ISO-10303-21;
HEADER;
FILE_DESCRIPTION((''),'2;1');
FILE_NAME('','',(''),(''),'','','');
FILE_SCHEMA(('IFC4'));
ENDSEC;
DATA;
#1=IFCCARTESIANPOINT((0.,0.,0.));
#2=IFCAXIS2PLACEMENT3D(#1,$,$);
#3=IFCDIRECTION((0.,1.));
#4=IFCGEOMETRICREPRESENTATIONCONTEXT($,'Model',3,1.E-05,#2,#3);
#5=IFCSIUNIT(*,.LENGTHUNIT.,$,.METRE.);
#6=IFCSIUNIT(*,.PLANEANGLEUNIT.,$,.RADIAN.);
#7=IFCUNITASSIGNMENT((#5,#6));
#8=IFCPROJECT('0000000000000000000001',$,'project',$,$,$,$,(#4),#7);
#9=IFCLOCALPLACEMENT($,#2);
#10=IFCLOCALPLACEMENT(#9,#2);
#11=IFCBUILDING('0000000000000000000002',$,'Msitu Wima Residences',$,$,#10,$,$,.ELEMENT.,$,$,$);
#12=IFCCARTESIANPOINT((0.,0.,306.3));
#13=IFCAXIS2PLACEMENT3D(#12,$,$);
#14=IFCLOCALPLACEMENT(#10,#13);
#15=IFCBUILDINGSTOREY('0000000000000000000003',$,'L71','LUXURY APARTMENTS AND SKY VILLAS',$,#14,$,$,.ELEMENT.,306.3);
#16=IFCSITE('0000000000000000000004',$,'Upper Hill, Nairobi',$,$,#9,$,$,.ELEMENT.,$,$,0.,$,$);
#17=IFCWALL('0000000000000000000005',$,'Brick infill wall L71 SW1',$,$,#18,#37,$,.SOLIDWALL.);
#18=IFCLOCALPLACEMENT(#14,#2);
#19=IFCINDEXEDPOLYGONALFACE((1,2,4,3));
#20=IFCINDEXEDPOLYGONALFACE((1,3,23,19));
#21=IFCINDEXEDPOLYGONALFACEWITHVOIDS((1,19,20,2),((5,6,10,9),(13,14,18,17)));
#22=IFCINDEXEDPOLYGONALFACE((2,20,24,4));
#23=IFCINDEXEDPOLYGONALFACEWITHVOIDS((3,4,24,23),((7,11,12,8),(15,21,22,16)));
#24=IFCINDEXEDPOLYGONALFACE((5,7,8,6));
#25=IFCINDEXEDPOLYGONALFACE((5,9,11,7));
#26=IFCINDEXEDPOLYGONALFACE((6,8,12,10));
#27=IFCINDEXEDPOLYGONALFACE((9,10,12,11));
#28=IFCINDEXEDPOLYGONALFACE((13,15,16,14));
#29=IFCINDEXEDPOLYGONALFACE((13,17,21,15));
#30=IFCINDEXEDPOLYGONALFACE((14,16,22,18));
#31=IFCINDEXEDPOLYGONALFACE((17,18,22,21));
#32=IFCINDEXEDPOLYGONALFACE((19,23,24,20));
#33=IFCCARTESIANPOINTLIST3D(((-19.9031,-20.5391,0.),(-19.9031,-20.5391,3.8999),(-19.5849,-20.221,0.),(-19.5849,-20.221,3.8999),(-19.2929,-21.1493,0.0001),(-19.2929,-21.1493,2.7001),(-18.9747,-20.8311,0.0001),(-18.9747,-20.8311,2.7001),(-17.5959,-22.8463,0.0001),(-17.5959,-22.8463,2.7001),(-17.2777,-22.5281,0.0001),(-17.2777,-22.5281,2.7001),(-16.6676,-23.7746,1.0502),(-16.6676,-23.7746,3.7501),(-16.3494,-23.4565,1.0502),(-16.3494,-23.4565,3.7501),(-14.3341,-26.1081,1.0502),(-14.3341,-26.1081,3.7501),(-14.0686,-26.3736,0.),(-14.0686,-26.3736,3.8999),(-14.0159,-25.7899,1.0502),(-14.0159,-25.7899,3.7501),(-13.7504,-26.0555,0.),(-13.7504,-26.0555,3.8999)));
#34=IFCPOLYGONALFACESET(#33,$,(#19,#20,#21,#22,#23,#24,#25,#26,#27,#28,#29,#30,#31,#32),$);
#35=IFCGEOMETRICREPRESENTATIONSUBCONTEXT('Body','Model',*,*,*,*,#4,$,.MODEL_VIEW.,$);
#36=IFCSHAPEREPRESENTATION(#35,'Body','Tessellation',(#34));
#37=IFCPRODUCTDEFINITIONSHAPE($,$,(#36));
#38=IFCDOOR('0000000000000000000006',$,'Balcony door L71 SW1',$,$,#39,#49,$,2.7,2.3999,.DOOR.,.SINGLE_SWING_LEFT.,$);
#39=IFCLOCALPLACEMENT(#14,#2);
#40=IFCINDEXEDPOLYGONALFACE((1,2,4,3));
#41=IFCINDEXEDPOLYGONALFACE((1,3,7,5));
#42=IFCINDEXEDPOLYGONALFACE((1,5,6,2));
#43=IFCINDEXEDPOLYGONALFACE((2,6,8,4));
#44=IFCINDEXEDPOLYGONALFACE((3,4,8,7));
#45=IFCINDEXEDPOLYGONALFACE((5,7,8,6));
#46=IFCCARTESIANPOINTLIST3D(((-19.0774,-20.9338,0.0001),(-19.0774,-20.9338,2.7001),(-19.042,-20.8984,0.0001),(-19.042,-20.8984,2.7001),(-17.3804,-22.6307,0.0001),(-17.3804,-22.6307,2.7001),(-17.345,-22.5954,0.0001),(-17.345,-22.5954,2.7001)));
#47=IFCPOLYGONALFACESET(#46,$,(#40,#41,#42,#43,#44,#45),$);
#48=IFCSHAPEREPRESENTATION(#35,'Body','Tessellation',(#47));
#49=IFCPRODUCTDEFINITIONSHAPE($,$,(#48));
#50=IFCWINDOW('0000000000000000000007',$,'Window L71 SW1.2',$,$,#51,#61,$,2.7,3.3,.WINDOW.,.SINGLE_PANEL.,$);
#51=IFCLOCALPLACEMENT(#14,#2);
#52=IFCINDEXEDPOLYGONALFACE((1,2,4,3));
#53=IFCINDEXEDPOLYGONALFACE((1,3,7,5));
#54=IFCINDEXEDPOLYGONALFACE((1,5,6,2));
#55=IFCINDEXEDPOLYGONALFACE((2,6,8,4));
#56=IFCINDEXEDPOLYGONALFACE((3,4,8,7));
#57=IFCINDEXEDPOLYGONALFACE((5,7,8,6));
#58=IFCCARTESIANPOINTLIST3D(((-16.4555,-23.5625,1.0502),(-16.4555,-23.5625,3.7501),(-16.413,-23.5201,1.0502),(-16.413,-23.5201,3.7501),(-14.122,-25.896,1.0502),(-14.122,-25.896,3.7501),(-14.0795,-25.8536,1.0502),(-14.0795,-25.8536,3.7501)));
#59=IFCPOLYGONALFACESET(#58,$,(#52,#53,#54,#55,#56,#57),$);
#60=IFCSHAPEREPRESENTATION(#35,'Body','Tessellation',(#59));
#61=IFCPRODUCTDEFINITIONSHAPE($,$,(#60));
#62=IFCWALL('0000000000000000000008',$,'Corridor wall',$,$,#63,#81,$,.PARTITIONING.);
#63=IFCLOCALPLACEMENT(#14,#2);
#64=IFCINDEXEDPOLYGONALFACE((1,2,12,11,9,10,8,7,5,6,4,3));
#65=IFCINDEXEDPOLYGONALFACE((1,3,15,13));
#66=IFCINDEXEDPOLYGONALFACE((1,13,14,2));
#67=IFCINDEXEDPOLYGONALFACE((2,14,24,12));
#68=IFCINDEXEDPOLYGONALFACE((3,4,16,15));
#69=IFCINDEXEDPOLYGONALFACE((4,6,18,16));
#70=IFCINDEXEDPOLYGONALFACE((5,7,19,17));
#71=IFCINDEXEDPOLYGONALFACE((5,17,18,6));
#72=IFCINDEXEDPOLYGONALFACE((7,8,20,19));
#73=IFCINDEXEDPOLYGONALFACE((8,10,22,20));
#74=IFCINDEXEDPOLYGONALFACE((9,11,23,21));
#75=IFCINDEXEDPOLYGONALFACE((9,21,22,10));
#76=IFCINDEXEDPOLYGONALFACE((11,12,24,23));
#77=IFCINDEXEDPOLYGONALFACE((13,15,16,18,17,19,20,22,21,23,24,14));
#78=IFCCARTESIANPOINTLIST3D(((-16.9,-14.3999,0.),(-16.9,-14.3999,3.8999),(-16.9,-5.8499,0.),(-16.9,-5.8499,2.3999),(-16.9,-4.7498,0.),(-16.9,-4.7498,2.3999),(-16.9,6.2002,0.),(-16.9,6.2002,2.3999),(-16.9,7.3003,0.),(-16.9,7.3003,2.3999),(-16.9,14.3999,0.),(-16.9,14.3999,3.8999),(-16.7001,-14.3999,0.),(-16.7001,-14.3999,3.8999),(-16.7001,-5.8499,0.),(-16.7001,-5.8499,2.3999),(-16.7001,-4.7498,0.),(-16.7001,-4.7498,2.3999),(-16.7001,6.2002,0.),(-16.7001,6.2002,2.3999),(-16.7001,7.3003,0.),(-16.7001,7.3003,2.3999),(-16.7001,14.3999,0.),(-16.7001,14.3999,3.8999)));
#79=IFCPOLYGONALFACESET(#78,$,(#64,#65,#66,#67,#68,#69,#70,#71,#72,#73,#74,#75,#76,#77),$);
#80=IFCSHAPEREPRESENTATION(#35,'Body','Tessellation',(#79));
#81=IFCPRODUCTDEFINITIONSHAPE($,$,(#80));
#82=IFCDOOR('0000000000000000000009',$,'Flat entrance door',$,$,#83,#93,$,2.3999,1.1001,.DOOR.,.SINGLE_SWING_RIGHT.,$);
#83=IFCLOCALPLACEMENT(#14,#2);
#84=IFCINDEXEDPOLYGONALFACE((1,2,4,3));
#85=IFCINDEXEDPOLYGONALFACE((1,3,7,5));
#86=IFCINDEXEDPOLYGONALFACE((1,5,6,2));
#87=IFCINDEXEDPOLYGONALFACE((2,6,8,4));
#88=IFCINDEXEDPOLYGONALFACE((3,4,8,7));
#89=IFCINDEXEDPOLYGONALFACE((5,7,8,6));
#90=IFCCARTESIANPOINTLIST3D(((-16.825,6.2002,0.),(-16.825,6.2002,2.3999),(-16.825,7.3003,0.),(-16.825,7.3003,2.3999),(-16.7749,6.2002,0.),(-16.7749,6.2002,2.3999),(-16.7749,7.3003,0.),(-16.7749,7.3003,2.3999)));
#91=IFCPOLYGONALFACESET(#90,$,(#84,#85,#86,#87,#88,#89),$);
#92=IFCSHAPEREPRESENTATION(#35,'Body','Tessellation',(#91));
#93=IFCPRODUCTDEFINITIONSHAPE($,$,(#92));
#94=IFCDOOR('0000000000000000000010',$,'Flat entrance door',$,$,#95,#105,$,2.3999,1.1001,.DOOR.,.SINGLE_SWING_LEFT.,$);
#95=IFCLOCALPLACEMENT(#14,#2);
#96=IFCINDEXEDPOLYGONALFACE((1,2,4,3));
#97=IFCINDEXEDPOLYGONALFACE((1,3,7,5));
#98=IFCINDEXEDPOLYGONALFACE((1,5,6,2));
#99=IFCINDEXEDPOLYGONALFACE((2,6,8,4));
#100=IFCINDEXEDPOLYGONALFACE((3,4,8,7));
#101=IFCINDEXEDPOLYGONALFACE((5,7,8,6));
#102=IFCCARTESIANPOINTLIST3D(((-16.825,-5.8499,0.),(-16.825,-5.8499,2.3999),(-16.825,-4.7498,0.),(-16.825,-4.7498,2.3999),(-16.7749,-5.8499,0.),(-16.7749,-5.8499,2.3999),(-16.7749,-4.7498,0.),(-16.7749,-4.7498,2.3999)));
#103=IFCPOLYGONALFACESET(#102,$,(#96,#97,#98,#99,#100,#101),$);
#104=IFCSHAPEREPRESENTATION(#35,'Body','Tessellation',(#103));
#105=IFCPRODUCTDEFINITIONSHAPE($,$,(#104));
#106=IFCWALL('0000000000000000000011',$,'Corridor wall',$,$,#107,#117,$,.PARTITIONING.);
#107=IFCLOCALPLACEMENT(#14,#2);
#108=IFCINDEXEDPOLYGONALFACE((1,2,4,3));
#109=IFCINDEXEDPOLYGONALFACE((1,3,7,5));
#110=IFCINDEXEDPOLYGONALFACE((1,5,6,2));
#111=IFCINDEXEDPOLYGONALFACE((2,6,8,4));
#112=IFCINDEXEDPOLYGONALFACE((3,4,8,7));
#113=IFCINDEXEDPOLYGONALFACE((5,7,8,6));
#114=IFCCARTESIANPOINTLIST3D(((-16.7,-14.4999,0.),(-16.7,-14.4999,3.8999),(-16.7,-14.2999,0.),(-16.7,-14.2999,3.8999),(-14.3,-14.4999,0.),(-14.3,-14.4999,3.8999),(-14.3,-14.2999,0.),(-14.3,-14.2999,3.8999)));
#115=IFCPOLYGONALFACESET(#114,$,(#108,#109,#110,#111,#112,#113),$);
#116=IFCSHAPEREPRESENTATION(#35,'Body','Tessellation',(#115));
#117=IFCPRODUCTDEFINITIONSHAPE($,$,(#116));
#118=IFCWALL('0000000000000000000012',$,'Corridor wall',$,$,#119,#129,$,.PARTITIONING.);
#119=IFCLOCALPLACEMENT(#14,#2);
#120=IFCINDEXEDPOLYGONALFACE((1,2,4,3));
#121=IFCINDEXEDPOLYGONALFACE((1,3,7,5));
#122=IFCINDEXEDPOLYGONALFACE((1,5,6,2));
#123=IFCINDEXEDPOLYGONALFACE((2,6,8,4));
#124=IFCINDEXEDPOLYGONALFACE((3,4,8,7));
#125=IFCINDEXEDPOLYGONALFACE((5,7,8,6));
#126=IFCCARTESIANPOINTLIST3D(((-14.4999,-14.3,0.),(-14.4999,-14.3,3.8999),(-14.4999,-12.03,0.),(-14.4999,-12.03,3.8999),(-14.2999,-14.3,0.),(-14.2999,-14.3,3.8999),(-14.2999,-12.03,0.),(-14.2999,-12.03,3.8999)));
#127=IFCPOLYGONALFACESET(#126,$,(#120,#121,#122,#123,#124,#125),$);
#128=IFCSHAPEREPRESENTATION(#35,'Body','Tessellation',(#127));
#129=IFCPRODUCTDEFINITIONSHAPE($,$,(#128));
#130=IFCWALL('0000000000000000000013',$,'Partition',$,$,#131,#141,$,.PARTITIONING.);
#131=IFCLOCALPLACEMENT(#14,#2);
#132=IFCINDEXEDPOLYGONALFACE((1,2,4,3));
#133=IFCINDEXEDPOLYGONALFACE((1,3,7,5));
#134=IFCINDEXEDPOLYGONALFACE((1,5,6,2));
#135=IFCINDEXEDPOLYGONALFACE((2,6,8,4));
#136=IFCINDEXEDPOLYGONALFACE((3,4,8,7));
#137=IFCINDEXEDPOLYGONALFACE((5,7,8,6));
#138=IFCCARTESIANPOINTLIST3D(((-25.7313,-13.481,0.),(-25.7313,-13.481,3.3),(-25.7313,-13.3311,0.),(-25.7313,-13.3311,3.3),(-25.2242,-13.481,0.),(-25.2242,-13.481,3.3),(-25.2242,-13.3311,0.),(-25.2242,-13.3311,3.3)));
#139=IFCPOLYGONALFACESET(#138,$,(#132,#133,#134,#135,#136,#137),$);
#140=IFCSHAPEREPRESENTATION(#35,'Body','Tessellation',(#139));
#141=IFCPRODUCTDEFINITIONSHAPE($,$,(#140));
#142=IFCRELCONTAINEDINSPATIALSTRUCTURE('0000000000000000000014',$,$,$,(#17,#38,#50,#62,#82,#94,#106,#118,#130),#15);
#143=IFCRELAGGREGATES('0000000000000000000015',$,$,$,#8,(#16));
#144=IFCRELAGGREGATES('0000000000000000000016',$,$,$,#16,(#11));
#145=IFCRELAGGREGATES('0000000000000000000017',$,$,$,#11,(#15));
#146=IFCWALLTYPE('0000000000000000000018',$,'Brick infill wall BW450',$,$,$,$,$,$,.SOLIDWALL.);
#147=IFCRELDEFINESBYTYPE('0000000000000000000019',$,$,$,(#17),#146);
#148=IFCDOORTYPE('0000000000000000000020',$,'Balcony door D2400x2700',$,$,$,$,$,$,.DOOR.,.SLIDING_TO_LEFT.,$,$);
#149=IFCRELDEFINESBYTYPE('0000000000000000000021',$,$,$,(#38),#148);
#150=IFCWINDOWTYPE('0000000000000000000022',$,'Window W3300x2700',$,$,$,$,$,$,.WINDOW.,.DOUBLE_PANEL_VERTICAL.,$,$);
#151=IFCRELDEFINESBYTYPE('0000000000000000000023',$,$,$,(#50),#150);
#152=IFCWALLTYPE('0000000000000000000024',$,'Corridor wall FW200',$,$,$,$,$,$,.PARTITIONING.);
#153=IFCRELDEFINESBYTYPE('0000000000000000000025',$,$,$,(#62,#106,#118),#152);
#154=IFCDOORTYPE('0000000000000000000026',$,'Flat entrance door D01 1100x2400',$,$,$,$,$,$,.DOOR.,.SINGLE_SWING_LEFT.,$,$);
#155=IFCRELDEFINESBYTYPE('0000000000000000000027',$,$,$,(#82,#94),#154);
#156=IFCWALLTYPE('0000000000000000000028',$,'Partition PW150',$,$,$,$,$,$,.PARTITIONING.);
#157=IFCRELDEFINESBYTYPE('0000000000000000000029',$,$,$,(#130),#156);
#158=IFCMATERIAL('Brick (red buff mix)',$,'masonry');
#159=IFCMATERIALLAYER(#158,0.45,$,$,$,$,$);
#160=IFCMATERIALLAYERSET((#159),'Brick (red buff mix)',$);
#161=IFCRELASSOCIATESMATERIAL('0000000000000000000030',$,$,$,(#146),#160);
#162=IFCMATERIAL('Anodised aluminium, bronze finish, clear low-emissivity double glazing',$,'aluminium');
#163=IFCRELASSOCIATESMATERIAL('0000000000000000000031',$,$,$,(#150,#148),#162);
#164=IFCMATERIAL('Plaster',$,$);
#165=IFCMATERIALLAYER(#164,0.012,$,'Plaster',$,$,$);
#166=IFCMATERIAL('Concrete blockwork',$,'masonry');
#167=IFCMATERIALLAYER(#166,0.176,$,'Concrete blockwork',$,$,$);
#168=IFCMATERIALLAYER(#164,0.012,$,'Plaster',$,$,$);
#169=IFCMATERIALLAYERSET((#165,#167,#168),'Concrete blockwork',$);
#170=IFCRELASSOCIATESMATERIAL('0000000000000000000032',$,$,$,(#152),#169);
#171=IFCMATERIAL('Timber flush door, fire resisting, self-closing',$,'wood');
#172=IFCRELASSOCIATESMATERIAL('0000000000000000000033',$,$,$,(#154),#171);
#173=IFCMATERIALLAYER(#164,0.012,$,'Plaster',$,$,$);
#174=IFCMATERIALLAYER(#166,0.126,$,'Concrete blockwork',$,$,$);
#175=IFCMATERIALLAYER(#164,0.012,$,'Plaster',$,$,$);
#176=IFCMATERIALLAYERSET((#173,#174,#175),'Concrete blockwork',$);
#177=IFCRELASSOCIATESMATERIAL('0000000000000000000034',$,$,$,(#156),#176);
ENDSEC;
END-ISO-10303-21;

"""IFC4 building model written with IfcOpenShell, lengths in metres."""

from ifc_helpers import new_model, si_unit, direction, frame, frame_2d, origin, place, context, subcontext, project, spatial, rectangle, extrude, material, layer, layer_set, type_object, element, fill, save


model = new_model("IFC4")

# Units and contexts
model_context = context("Model", 3, precision=1e-05, world=origin(), true_north=direction((0.0, 1.0)))
body_context = subcontext(model_context, "Body", "Model", "MODEL_VIEW")
ifc_project = project(units=[si_unit("LENGTHUNIT", "METRE"), si_unit("PLANEANGLEUNIT", "RADIAN")], contexts=[model_context])

# Site, building, storey
site_placement = place(None, origin())
site = spatial("IfcSite", under=ifc_project, at=site_placement, Name="Upper Hill, Nairobi", CompositionType="ELEMENT", RefElevation=0.0)
building_placement = place(site_placement, origin())
building = spatial("IfcBuilding", under=site, at=building_placement, Name="Msitu Wima Residences", CompositionType="ELEMENT")
storey_placement = place(building_placement, frame((0.0, 0.0, 306.3)))
storey = spatial("IfcBuildingStorey", under=building, at=storey_placement, Name="L71", Description="LUXURY APARTMENTS AND SKY VILLAS", CompositionType="ELEMENT", Elevation=306.3)

# Shared definitions
ifc_material_1 = material(Name="Brick (red buff mix)", Category="masonry")
ifc_layer_1 = layer(ifc_material_1, 0.45)
ifc_layer_set_1 = layer_set([ifc_layer_1], Name="Brick (red buff mix)")
wall_type_1 = type_object("IfcWallType", Name="Brick infill wall BW450", PredefinedType="SOLIDWALL", material=ifc_layer_set_1)
ifc_material_2 = material(Name="Anodised aluminium, bronze finish, clear low-emissivity double glazing", Category="aluminium")
window_type = type_object("IfcWindowType", Name="Window W3300x2700", PartitioningType="DOUBLE_PANEL_VERTICAL", PredefinedType="WINDOW", material=ifc_material_2)

# Wall, openings, door, window
wall_1_placement = place(storey_placement, frame((-19.7439, -20.3801, 0.0), z_axis=(0.0, 0.0, 1.0), x_axis=(0.707107, -0.707107, 0.0)))
wall_1 = element("IfcWall", 1, at=wall_1_placement, inside=storey, type_object=wall_type_1, Name="Brick infill wall L71 SW1", PredefinedType="SOLIDWALL", context=body_context, shape_type="SweptSolid", body=[
    extrude(rectangle(XDim=8.2512, YDim=0.45, at=frame_2d((4.1255, 0.0))), origin(), (0.0, 0.0, 1.0), 3.8999),
])
opening_1_placement = place(wall_1_placement, frame((0.8628, 0.0, 0.0)))
opening_1 = element("IfcOpeningElement", 2, at=opening_1_placement, cuts=wall_1, PredefinedType="OPENING", context=body_context, shape_type="SweptSolid", body=[
    extrude(rectangle(XDim=2.3999, YDim=2.7, at=frame_2d((1.2, 1.3501))), frame((0.0, 0.2349, 0.0), z_axis=(0.0, -1.0, 0.0), x_axis=(1.0, 0.0, 0.0)), (0.0, 0.0, 1.0), 0.47),
])
opening_2_placement = place(wall_1_placement, frame((4.5757, 0.0, 1.05)))
opening_2 = element("IfcOpeningElement", 3, at=opening_2_placement, cuts=wall_1, PredefinedType="OPENING", context=body_context, shape_type="SweptSolid", body=[
    extrude(rectangle(XDim=3.3, YDim=2.7, at=frame_2d((1.6499, 1.3501))), frame((0.0, 0.2349, 0.0), z_axis=(0.0, -1.0, 0.0), x_axis=(1.0, 0.0, 0.0)), (0.0, 0.0, 1.0), 0.47),
])
door_type_1 = type_object("IfcDoorType", Name="Balcony door D2400x2700", OperationType="SLIDING_TO_LEFT", PredefinedType="DOOR", material=ifc_material_2)
door_1_placement = place(opening_1_placement, origin())
door_1 = element("IfcDoor", 4, at=door_1_placement, inside=storey, type_object=door_type_1, Name="Balcony door L71 SW1", OperationType="SINGLE_SWING_LEFT", OverallHeight=2.7, OverallWidth=2.3999, PredefinedType="DOOR", context=body_context, shape_type="SweptSolid", body=[
    extrude(rectangle(XDim=2.3999, YDim=2.7, at=frame_2d((1.2, 1.3501))), frame((0.0, 0.1299, 0.0), z_axis=(0.0, -1.0, 0.0), x_axis=(1.0, 0.0, 0.0)), (0.0, 0.0, 1.0), 0.05),
])
fill(opening_1, door_1)
window_1_placement = place(opening_2_placement, origin())
window_1 = element("IfcWindow", 5, at=window_1_placement, inside=storey, type_object=window_type, Name="Window L71 SW1.2", OverallHeight=2.7, OverallWidth=3.3, PartitioningType="SINGLE_PANEL", PredefinedType="WINDOW", context=body_context, shape_type="SweptSolid", body=[
    extrude(rectangle(XDim=3.3, YDim=2.7, at=frame_2d((1.6499, 1.3501))), frame((0.0, 0.135, 0.0), z_axis=(0.0, -1.0, 0.0), x_axis=(1.0, 0.0, 0.0)), (0.0, 0.0, 1.0), 0.0601),
])
fill(opening_2, window_1)

# Wall, openings, doors
ifc_material_3 = material(Name="Plaster")
ifc_layer_2 = layer(ifc_material_3, 0.012, Name="Plaster")
ifc_material_4 = material(Name="Concrete blockwork", Category="masonry")
ifc_layer_3 = layer(ifc_material_4, 0.176, Name="Concrete blockwork")
ifc_layer_4 = layer(ifc_material_3, 0.012, Name="Plaster")
ifc_layer_set_2 = layer_set([ifc_layer_2, ifc_layer_3, ifc_layer_4], Name="Concrete blockwork")
wall_type_2 = type_object("IfcWallType", Name="Corridor wall FW200", PredefinedType="PARTITIONING", material=ifc_layer_set_2)
wall_2_placement = place(storey_placement, frame((-16.8, -14.3999, 0.0), z_axis=(0.0, 0.0, 1.0), x_axis=(0.0, 1.0, 0.0)))
wall_2 = element("IfcWall", 6, at=wall_2_placement, inside=storey, type_object=wall_type_2, Name="Corridor wall", PredefinedType="PARTITIONING", context=body_context, shape_type="SweptSolid", body=[
    extrude(rectangle(XDim=28.7998, YDim=0.2, at=frame_2d((14.3999, 0.0))), origin(), (0.0, 0.0, 1.0), 3.8999),
])
opening_3_placement = place(wall_2_placement, frame((20.6001, 0.0, 0.0)))
opening_3 = element("IfcOpeningElement", 7, at=opening_3_placement, cuts=wall_2, PredefinedType="OPENING", context=body_context, shape_type="SweptSolid", body=[
    extrude(rectangle(XDim=1.1001, YDim=2.3999, at=frame_2d((0.55, 1.2))), frame((0.0, 0.1099, 0.0), z_axis=(0.0, -1.0, 0.0), x_axis=(1.0, 0.0, 0.0)), (0.0, 0.0, 1.0), 0.22),
])
opening_4_placement = place(wall_2_placement, frame((8.55, 0.0, 0.0)))
opening_4 = element("IfcOpeningElement", 8, at=opening_4_placement, cuts=wall_2, PredefinedType="OPENING", context=body_context, shape_type="SweptSolid", body=[
    extrude(rectangle(XDim=1.1001, YDim=2.3999, at=frame_2d((0.55, 1.2))), frame((0.0, 0.1099, 0.0), z_axis=(0.0, -1.0, 0.0), x_axis=(1.0, 0.0, 0.0)), (0.0, 0.0, 1.0), 0.22),
])
ifc_material_5 = material(Name="Timber flush door, fire resisting, self-closing", Category="wood")
door_type_2 = type_object("IfcDoorType", Name="Flat entrance door D01 1100x2400", OperationType="SINGLE_SWING_LEFT", PredefinedType="DOOR", material=ifc_material_5)
door_2_placement = place(opening_3_placement, origin())
door_2 = element("IfcDoor", 9, at=door_2_placement, inside=storey, type_object=door_type_2, Name="Flat entrance door", OperationType="SINGLE_SWING_RIGHT", OverallHeight=2.3999, OverallWidth=1.1001, PredefinedType="DOOR", context=body_context, shape_type="SweptSolid", body=[
    extrude(rectangle(XDim=1.1001, YDim=2.3999, at=frame_2d((0.55, 1.2))), frame((0.0, 0.0249, 0.0), z_axis=(0.0, -1.0, 0.0), x_axis=(1.0, 0.0, 0.0)), (0.0, 0.0, 1.0), 0.05),
])
fill(opening_3, door_2)
door_3_placement = place(opening_4_placement, origin())
door_3 = element("IfcDoor", 10, at=door_3_placement, inside=storey, type_object=door_type_2, Name="Flat entrance door", OperationType="SINGLE_SWING_LEFT", OverallHeight=2.3999, OverallWidth=1.1001, PredefinedType="DOOR", context=body_context, shape_type="SweptSolid", body=[
    extrude(rectangle(XDim=1.1001, YDim=2.3999, at=frame_2d((0.55, 1.2))), frame((0.0, 0.0249, 0.0), z_axis=(0.0, -1.0, 0.0), x_axis=(1.0, 0.0, 0.0)), (0.0, 0.0, 1.0), 0.05),
])
fill(opening_4, door_3)

# Walls
wall_3_placement = place(storey_placement, frame((-16.7, -14.3999, 0.0), z_axis=(0.0, 0.0, 1.0), x_axis=(1.0, 0.0, 0.0)))
element("IfcWall", 11, at=wall_3_placement, inside=storey, type_object=wall_type_2, Name="Corridor wall", PredefinedType="PARTITIONING", context=body_context, shape_type="SweptSolid", body=[
    extrude(rectangle(XDim=2.3999, YDim=0.2, at=frame_2d((1.2, 0.0))), origin(), (0.0, 0.0, 1.0), 3.8999),
])
wall_4_placement = place(storey_placement, frame((-14.3999, -14.3, 0.0), z_axis=(0.0, 0.0, 1.0), x_axis=(0.0, 1.0, 0.0)))
element("IfcWall", 12, at=wall_4_placement, inside=storey, type_object=wall_type_2, Name="Corridor wall", PredefinedType="PARTITIONING", context=body_context, shape_type="SweptSolid", body=[
    extrude(rectangle(XDim=2.27, YDim=0.2, at=frame_2d((1.135, 0.0))), origin(), (0.0, 0.0, 1.0), 3.8999),
])
ifc_layer_5 = layer(ifc_material_3, 0.012, Name="Plaster")
ifc_layer_6 = layer(ifc_material_4, 0.126, Name="Concrete blockwork")
ifc_layer_7 = layer(ifc_material_3, 0.012, Name="Plaster")
ifc_layer_set_3 = layer_set([ifc_layer_5, ifc_layer_6, ifc_layer_7], Name="Concrete blockwork")
wall_type_3 = type_object("IfcWallType", Name="Partition PW150", PredefinedType="PARTITIONING", material=ifc_layer_set_3)
wall_5_placement = place(storey_placement, frame((-25.7312, -13.406, 0.0), z_axis=(0.0, 0.0, 1.0), x_axis=(1.0, 0.0, 0.0)))
element("IfcWall", 13, at=wall_5_placement, inside=storey, type_object=wall_type_3, Name="Partition", PredefinedType="PARTITIONING", context=body_context, shape_type="SweptSolid", body=[
    extrude(rectangle(XDim=0.5071, YDim=0.1499, at=frame_2d((0.2534, 0.0))), origin(), (0.0, 0.0, 1.0), 3.3),
])

save(model, "model.ifc")
